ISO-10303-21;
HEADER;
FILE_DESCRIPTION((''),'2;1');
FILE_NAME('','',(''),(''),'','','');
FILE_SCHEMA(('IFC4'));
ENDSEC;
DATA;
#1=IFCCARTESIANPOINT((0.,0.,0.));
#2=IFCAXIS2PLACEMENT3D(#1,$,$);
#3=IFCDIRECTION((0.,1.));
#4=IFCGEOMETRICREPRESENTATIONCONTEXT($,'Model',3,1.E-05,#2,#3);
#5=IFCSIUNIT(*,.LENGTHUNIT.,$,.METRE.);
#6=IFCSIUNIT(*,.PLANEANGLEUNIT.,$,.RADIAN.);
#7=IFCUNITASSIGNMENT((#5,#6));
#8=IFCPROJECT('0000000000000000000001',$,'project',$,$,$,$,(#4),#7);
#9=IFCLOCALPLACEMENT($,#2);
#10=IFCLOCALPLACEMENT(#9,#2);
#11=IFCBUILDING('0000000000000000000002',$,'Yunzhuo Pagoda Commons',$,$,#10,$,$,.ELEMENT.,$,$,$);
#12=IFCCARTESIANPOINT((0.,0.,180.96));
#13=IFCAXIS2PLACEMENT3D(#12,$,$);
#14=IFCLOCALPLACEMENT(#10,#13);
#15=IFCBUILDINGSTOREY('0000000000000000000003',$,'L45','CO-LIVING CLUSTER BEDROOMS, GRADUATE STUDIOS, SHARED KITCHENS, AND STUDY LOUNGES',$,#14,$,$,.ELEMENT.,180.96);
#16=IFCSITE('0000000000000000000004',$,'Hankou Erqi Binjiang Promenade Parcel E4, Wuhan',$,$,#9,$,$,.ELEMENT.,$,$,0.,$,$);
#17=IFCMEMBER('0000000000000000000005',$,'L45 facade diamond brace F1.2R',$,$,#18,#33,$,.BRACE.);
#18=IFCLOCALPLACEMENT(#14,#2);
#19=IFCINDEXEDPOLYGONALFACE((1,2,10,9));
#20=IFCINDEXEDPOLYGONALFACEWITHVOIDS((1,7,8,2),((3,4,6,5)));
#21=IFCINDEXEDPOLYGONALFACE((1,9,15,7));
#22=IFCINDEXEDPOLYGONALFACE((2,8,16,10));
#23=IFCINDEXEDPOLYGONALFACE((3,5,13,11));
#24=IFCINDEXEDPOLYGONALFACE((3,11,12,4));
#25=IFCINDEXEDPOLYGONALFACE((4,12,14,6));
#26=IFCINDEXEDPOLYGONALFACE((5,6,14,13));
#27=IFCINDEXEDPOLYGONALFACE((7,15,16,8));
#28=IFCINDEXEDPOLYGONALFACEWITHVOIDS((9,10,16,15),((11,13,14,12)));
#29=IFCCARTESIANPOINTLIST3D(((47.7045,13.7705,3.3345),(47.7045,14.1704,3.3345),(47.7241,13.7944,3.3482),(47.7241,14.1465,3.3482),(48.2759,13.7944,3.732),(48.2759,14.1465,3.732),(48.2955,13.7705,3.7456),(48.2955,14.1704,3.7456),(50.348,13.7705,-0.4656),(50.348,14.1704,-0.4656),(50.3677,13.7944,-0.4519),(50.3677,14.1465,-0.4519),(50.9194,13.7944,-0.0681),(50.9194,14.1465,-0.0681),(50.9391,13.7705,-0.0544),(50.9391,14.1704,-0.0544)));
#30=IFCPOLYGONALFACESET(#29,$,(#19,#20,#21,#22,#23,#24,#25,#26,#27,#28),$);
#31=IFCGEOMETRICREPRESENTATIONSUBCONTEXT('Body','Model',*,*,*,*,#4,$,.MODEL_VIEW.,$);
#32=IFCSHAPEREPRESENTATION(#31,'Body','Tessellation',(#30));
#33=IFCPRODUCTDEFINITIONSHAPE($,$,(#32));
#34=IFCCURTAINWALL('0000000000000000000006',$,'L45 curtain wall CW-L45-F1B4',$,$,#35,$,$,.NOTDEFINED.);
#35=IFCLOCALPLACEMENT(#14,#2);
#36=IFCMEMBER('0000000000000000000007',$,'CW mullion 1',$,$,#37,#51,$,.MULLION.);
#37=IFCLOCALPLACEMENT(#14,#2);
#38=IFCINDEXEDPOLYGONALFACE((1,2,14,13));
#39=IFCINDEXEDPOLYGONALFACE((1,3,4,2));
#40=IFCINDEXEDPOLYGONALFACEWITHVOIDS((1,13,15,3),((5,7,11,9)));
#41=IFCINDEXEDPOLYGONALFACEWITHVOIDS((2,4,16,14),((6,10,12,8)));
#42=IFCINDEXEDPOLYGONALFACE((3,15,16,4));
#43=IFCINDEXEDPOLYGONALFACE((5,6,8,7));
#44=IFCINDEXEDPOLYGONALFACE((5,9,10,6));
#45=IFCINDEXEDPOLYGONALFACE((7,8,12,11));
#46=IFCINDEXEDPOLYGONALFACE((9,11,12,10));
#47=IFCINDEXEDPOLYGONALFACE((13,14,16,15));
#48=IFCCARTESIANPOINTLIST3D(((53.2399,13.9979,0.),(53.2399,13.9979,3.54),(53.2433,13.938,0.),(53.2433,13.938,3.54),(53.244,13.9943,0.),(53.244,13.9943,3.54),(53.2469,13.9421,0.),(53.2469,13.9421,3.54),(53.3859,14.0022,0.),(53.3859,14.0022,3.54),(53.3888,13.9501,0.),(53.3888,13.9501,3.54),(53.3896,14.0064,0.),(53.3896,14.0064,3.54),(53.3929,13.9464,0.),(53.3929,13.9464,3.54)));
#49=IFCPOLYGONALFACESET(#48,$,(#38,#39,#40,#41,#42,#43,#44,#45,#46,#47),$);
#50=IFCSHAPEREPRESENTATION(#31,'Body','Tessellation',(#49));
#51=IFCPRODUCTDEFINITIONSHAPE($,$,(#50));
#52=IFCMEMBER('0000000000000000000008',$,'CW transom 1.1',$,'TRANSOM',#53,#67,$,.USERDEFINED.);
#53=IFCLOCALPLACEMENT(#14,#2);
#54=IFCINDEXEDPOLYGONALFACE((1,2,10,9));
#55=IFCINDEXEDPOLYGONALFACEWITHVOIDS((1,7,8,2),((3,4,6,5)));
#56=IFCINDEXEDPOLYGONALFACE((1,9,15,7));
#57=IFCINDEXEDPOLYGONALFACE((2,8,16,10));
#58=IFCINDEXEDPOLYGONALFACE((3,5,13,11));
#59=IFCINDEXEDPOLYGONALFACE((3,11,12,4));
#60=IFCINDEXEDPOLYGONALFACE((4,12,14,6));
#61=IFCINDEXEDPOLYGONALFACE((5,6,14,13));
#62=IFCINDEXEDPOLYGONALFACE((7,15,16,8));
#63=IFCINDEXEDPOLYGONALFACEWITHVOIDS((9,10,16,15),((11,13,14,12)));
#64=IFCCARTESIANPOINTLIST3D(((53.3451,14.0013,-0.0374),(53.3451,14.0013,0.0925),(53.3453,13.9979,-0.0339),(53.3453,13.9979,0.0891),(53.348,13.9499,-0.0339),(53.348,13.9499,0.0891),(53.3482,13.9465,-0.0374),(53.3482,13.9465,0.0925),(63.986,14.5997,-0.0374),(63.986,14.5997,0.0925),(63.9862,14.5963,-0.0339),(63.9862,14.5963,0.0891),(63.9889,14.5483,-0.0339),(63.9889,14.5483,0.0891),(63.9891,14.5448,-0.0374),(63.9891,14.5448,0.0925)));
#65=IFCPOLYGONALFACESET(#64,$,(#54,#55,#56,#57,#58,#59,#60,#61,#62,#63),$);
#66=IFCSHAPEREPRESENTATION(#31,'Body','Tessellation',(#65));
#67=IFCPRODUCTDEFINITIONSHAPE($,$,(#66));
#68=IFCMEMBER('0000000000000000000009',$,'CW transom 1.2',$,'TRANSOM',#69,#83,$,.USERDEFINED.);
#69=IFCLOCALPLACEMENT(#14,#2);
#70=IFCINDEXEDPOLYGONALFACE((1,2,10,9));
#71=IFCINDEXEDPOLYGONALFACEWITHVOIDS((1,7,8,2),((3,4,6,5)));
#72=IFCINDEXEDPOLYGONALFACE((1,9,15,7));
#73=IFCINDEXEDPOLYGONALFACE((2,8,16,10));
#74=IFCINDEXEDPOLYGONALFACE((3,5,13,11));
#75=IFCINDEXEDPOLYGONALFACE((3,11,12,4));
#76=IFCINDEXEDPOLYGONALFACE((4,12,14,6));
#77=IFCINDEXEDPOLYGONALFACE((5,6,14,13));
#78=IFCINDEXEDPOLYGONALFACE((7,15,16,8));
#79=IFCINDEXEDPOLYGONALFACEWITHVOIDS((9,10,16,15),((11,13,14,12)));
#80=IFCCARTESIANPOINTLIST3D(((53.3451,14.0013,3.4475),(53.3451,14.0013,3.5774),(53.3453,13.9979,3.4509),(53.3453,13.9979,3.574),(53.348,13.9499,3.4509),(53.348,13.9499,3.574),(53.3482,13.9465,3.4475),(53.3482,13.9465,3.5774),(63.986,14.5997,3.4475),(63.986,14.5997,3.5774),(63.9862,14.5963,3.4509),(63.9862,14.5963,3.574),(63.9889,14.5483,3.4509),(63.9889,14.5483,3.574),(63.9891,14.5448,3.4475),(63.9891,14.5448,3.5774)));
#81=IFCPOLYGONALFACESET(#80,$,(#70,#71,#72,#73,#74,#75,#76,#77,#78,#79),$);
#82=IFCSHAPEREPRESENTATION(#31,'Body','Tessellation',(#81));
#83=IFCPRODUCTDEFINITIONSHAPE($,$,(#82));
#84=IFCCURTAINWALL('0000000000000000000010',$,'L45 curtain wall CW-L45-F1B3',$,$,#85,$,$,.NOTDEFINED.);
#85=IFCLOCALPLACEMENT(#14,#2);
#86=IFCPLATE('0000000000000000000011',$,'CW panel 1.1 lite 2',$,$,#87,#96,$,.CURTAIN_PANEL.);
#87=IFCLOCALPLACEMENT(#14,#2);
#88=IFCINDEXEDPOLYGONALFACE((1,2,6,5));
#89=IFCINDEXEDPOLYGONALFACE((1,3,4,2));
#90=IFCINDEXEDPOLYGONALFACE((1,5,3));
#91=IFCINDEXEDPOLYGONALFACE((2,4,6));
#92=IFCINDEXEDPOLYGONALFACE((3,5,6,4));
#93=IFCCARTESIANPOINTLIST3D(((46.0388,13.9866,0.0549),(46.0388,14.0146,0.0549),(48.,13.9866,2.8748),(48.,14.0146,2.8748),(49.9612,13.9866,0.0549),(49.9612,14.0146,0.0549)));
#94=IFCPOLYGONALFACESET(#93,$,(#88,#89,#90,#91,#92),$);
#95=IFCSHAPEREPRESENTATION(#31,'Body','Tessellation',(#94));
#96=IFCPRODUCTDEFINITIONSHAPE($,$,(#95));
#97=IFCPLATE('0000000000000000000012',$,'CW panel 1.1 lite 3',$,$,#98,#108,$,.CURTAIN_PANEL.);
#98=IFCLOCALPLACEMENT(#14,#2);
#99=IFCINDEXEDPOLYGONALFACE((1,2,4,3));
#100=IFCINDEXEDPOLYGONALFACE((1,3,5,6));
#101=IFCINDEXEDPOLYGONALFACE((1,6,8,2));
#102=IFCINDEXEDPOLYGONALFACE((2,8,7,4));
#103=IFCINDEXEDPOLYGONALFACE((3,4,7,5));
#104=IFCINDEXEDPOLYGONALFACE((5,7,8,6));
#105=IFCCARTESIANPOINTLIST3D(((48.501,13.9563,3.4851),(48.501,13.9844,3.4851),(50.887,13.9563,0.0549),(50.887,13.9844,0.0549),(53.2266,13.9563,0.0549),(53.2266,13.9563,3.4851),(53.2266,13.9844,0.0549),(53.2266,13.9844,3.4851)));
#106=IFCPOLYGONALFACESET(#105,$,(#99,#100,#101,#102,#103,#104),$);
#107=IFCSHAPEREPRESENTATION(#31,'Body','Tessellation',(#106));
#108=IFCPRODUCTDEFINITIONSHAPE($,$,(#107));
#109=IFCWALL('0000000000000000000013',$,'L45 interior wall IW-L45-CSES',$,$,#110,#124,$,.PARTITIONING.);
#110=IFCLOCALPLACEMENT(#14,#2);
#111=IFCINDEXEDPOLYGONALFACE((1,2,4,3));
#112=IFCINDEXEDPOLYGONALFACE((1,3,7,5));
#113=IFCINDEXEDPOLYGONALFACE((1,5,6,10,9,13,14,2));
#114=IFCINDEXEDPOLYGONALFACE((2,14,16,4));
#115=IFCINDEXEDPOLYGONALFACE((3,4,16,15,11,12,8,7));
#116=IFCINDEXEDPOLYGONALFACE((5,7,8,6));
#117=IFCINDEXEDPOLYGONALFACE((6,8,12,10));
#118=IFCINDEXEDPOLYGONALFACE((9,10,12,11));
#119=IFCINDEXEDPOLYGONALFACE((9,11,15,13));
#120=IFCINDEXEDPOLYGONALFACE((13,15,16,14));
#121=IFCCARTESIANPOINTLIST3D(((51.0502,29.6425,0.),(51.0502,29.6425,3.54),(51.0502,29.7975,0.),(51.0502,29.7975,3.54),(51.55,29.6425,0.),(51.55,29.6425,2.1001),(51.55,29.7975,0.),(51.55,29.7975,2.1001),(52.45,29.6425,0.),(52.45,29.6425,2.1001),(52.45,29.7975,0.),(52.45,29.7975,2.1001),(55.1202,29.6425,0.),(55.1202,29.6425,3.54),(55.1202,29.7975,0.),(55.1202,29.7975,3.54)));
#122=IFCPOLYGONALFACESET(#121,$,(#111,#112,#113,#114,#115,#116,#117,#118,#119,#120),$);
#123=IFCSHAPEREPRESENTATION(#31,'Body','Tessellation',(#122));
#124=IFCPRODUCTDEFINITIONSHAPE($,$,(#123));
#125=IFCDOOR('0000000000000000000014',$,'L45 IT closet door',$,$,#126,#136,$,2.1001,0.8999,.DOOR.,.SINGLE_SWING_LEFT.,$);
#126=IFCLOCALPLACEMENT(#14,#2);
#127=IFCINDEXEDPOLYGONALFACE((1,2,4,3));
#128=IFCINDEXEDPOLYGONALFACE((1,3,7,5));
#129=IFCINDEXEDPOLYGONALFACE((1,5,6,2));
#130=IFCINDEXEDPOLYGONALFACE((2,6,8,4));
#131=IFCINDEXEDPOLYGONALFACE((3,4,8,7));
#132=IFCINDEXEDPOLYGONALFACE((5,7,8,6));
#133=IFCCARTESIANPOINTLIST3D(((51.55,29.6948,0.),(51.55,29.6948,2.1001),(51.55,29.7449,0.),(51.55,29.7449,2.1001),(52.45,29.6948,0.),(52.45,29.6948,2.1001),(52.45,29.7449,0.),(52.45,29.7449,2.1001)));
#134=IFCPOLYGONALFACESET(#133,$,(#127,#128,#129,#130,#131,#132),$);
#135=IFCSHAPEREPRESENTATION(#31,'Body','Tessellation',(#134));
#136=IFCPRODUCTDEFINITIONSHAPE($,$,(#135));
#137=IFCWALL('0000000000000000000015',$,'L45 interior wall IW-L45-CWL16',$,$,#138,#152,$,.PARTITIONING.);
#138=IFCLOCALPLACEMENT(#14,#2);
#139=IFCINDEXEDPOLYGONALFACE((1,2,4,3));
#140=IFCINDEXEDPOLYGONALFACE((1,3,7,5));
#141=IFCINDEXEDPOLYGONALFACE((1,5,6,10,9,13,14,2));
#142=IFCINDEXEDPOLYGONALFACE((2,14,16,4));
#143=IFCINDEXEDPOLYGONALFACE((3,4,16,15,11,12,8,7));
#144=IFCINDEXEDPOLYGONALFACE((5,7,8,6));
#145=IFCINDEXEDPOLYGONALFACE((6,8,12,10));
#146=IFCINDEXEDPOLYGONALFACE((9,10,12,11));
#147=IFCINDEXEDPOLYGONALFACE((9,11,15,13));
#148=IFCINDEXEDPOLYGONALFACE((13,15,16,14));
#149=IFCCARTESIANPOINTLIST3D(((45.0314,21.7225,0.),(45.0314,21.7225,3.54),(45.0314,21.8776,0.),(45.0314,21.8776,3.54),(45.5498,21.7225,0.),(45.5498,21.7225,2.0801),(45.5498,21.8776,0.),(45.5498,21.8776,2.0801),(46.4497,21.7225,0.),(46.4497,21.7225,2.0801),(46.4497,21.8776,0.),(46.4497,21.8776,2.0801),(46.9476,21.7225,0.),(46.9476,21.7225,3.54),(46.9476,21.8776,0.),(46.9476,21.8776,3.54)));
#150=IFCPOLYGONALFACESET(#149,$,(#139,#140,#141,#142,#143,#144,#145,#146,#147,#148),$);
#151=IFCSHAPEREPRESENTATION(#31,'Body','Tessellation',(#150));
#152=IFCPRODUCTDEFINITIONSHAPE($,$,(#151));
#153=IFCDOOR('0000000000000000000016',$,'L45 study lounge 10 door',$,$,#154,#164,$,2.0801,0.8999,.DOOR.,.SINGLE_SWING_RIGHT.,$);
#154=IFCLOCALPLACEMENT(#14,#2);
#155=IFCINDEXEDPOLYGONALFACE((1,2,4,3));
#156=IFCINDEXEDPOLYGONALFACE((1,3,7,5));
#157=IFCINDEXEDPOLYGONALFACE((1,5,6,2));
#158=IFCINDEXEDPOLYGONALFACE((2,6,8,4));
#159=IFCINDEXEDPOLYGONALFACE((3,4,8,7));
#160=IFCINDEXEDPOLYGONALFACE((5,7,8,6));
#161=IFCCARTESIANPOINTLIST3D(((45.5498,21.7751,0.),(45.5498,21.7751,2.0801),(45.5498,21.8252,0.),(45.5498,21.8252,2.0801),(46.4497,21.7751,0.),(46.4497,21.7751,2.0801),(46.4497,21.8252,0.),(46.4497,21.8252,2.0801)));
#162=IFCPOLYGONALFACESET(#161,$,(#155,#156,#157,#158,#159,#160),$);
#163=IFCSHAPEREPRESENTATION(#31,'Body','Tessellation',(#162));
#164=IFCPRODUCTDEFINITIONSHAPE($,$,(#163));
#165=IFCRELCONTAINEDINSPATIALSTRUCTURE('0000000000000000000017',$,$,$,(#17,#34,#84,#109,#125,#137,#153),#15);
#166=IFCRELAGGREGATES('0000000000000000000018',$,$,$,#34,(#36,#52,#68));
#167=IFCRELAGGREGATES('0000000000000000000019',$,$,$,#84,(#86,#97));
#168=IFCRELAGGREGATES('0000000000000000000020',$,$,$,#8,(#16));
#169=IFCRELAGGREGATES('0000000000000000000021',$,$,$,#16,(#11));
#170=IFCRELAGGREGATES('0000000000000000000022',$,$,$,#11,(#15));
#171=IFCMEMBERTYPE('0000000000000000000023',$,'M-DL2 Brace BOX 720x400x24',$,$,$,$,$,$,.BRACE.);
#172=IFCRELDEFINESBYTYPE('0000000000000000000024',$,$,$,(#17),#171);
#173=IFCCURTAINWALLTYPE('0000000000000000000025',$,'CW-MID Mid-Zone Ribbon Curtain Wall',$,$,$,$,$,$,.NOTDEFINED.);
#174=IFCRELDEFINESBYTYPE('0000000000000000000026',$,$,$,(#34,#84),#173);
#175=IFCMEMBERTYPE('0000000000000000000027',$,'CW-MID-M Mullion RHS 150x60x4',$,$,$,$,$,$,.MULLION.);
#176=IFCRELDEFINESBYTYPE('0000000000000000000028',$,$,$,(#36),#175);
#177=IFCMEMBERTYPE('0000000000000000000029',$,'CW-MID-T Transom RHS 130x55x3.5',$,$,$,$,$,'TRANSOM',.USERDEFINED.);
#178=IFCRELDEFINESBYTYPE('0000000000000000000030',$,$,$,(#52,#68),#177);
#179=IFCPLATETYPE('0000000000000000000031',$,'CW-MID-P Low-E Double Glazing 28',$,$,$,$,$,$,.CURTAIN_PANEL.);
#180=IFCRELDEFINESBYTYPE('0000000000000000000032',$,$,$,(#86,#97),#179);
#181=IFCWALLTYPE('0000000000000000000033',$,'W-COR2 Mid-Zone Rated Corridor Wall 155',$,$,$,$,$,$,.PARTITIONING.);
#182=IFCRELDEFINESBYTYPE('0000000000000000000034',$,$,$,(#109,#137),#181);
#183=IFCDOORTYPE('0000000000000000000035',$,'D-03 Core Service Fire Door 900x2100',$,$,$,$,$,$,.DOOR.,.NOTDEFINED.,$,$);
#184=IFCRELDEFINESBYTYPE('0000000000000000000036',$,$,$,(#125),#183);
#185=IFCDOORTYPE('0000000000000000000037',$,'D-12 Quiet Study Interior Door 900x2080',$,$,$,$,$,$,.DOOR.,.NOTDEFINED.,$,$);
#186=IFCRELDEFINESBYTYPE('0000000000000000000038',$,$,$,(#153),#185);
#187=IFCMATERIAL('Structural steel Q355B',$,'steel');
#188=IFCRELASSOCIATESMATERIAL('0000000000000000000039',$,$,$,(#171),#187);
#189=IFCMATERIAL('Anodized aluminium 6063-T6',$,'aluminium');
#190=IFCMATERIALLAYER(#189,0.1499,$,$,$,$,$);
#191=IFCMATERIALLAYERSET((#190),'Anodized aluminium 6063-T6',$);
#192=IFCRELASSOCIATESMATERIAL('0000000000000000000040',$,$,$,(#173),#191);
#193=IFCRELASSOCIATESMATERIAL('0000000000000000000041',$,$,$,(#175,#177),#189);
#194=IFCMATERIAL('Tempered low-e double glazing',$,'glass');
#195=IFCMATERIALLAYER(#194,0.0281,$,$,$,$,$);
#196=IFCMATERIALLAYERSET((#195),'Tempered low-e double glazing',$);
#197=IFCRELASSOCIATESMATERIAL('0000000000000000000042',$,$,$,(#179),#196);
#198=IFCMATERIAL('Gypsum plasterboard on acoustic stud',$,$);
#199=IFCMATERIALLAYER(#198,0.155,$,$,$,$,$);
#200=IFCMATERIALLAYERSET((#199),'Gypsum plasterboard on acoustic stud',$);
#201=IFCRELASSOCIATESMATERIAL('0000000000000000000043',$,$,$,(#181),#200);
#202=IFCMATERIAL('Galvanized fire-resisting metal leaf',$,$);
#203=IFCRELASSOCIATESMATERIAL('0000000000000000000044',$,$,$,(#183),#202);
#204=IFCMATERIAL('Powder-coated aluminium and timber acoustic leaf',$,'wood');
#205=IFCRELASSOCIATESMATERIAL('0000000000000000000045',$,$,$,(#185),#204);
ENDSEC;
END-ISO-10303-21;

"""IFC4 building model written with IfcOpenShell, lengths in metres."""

from ifc_helpers import new_model, si_unit, direction, frame, frame_2d, origin, origin_with_axes, origin_2d, place, context, subcontext, project, spatial, polyline, rectangle, hollow_rectangle, outline, extrude, source, transform, mapped, material, layer, layer_set, material_profile, profile_set, type_object, element, fill, aggregate, save


model = new_model("IFC4")

# Units and contexts
model_context = context("Model", 3, precision=1e-05, world=origin(), true_north=direction((0.0, 1.0)))
body_context = subcontext(model_context, "Body", "Model", "MODEL_VIEW")
ifc_project = project(units=[si_unit("LENGTHUNIT", "METRE"), si_unit("PLANEANGLEUNIT", "RADIAN")], contexts=[model_context])

# Site, building, storey
site_placement = place(None, origin())
site = spatial("IfcSite", under=ifc_project, at=site_placement, Name="Hankou Erqi Binjiang Promenade Parcel E4, Wuhan", CompositionType="ELEMENT", RefElevation=0.0)
building_placement = place(site_placement, origin())
building = spatial("IfcBuilding", under=site, at=building_placement, Name="Yunzhuo Pagoda Commons", CompositionType="ELEMENT")
storey_placement = place(building_placement, frame((0.0, 0.0, 180.96)))
storey = spatial("IfcBuildingStorey", under=building, at=storey_placement, Name="L45", Description="CO-LIVING CLUSTER BEDROOMS, GRADUATE STUDIOS, SHARED KITCHENS, AND STUDY LOUNGES", CompositionType="ELEMENT", Elevation=180.96)

# Shared definitions
ifc_material_1 = material(Name="Structural steel Q355B", Category="steel")

# Member
ifc_material_profile_1 = material_profile(ifc_material_1, hollow_rectangle(XDim=0.3999, YDim=0.72, WallThickness=0.0239, at=origin_2d()), Name="Structural steel Q355B")
ifc_profile_set_1 = profile_set([ifc_material_profile_1], Name="Structural steel Q355B")
member_type_1 = type_object("IfcMemberType", Name="M-DL2 Brace BOX 720x400x24", PredefinedType="BRACE", material=ifc_profile_set_1)
shared_shape_1 = source(origin(), body_context, "Body", "SweptSolid", [
    extrude(hollow_rectangle(XDim=0.3999, YDim=0.72, WallThickness=0.0239, at=origin_2d()), origin(), (0.0, 0.0, 1.0), 4.6292),
])
member_1_placement = place(storey_placement, frame((50.6436, 13.9705, -0.26), z_axis=(-0.571071, 0.0, 0.820901), x_axis=(0.0, -1.0, 0.0)))
element("IfcMember", 1, at=member_1_placement, inside=storey, type_object=member_type_1, Name="L45 facade diamond brace F1.2R", PredefinedType="BRACE", context=body_context, shape_type="MappedRepresentation", body=[
    mapped(shared_shape_1, transform((0.0, 0.0, 0.0), scale=1.0)),
])

# Curtain wall, members
ifc_material_2 = material(Name="Anodized aluminium 6063-T6", Category="aluminium")
ifc_layer_1 = layer(ifc_material_2, 0.1499)
ifc_layer_set_1 = layer_set([ifc_layer_1], Name="Anodized aluminium 6063-T6")
curtain_wall_type = type_object("IfcCurtainWallType", Name="CW-MID Mid-Zone Ribbon Curtain Wall", PredefinedType="NOTDEFINED", material=ifc_layer_set_1)
curtain_wall_1_placement = place(storey_placement, origin())
curtain_wall_1 = element("IfcCurtainWall", 2, at=curtain_wall_1_placement, inside=storey, type_object=curtain_wall_type, Name="L45 curtain wall CW-L45-F1B4", PredefinedType="NOTDEFINED")
ifc_material_profile_2 = material_profile(ifc_material_2, hollow_rectangle(XDim=0.0601, YDim=0.1499, WallThickness=0.0039, at=origin_2d()), Name="Anodized aluminium 6063-T6")
ifc_profile_set_2 = profile_set([ifc_material_profile_2], Name="Anodized aluminium 6063-T6")
member_type_2 = type_object("IfcMemberType", Name="CW-MID-M Mullion RHS 150x60x4", PredefinedType="MULLION", material=ifc_profile_set_2)
shared_shape_2 = source(origin(), body_context, "Body", "SweptSolid", [
    extrude(hollow_rectangle(XDim=0.0601, YDim=0.1499, WallThickness=0.0039, at=origin_2d()), origin(), (0.0, 0.0, 1.0), 3.54),
])
member_2_placement = place(storey_placement, frame((53.3164, 13.9722, 0.0), z_axis=(0.0, 0.0, 1.0), x_axis=(-0.056143, 0.998423, 0.0)))
member_2 = element("IfcMember", 3, at=member_2_placement, type_object=member_type_2, Name="CW mullion 1", PredefinedType="MULLION", context=body_context, shape_type="MappedRepresentation", body=[
    mapped(shared_shape_2, transform((0.0, 0.0, 0.0), scale=1.0)),
])
ifc_material_profile_3 = material_profile(ifc_material_2, hollow_rectangle(XDim=0.0549, YDim=0.1299, WallThickness=0.0034, at=origin_2d()), Name="Anodized aluminium 6063-T6")
ifc_profile_set_3 = profile_set([ifc_material_profile_3], Name="Anodized aluminium 6063-T6")
member_type_3 = type_object("IfcMemberType", Name="CW-MID-T Transom RHS 130x55x3.5", ElementType="TRANSOM", PredefinedType="USERDEFINED", material=ifc_profile_set_3)
shared_shape_3 = source(origin(), body_context, "Body", "SweptSolid", [
    extrude(hollow_rectangle(XDim=0.0549, YDim=0.1299, WallThickness=0.0034, at=origin_2d()), origin(), (0.0, 0.0, 1.0), 10.6577),
])
member_3_placement = place(storey_placement, frame((53.3467, 13.9739, 0.0276), z_axis=(0.998423, 0.056146, 0.0), x_axis=(-0.056146, 0.998423, 0.0)))
member_3 = element("IfcMember", 4, at=member_3_placement, type_object=member_type_3, Name="CW transom 1.1", ObjectType="TRANSOM", PredefinedType="USERDEFINED", context=body_context, shape_type="MappedRepresentation", body=[
    mapped(shared_shape_3, transform((0.0, 0.0, 0.0), scale=1.0)),
])
member_4_placement = place(storey_placement, frame((53.3467, 13.9739, 3.5125), z_axis=(0.998423, 0.056146, 0.0), x_axis=(-0.056146, 0.998423, 0.0)))
member_4 = element("IfcMember", 5, at=member_4_placement, type_object=member_type_3, Name="CW transom 1.2", ObjectType="TRANSOM", PredefinedType="USERDEFINED", context=body_context, shape_type="MappedRepresentation", body=[
    mapped(shared_shape_3, transform((0.0, 0.0, 0.0), scale=1.0)),
])
aggregate(curtain_wall_1, [member_2, member_3, member_4])

# Curtain wall, plates
curtain_wall_2_placement = place(storey_placement, origin())
curtain_wall_2 = element("IfcCurtainWall", 6, at=curtain_wall_2_placement, inside=storey, type_object=curtain_wall_type, Name="L45 curtain wall CW-L45-F1B3", PredefinedType="NOTDEFINED")
ifc_material_3 = material(Name="Tempered low-e double glazing", Category="glass")
ifc_layer_2 = layer(ifc_material_3, 0.0281)
ifc_layer_set_2 = layer_set([ifc_layer_2], Name="Tempered low-e double glazing")
plate_type = type_object("IfcPlateType", Name="CW-MID-P Low-E Double Glazing 28", PredefinedType="CURTAIN_PANEL", material=ifc_layer_set_2)
plate_1_placement = place(storey_placement, frame((48.0, 14.0146, 1.4648), z_axis=(0.0, -1.0, 0.0), x_axis=(1.0, 0.0, 0.0)))
plate_1 = element("IfcPlate", 7, at=plate_1_placement, type_object=plate_type, Name="CW panel 1.1 lite 2", PredefinedType="CURTAIN_PANEL", context=body_context, shape_type="SweptSolid", body=[
    extrude(outline(polyline([(-1.9612, -1.4099), (1.9612, -1.4099), (0.0, 1.4099), (-1.9612, -1.4099)])), origin(), (0.0, 0.0, 1.0), 0.0281),
])
plate_2_placement = place(storey_placement, frame((50.8638, 13.9844, 1.77), z_axis=(0.0, -1.0, 0.0), x_axis=(1.0, 0.0, 0.0)))
plate_2 = element("IfcPlate", 8, at=plate_2_placement, type_object=plate_type, Name="CW panel 1.1 lite 3", PredefinedType="CURTAIN_PANEL", context=body_context, shape_type="SweptSolid", body=[
    extrude(outline(polyline([(-2.3628, 1.7151), (0.0232, -1.7151), (2.3628, -1.7151), (2.3628, 1.7151), (-2.3628, 1.7151)])), origin(), (0.0, 0.0, 1.0), 0.0281),
])
aggregate(curtain_wall_2, [plate_1, plate_2])

# Walls, openings, doors
ifc_material_4 = material(Name="Gypsum plasterboard on acoustic stud")
ifc_layer_3 = layer(ifc_material_4, 0.155)
ifc_layer_set_3 = layer_set([ifc_layer_3], Name="Gypsum plasterboard on acoustic stud")
wall_type_1 = type_object("IfcWallType", Name="W-COR2 Mid-Zone Rated Corridor Wall 155", PredefinedType="PARTITIONING", material=ifc_layer_set_3)
wall_1_placement = place(storey_placement, frame((51.05, 29.72, 0.0), z_axis=(0.0, 0.0, 1.0), x_axis=(1.0, 0.0, 0.0)))
wall_1 = element("IfcWall", 9, at=wall_1_placement, inside=storey, type_object=wall_type_1, Name="L45 interior wall IW-L45-CSES", PredefinedType="PARTITIONING", context=body_context, shape_type="SweptSolid", body=[
    extrude(rectangle(XDim=4.0701, YDim=0.155, at=frame_2d((2.0352, 0.0))), origin(), (0.0, 0.0, 1.0), 3.54),
])
opening_1_placement = place(wall_1_placement, frame((0.5, 0.0, 0.0)))
opening_1 = element("IfcOpeningElement", 10, at=opening_1_placement, cuts=wall_1, PredefinedType="OPENING", context=body_context, shape_type="SweptSolid", body=[
    extrude(rectangle(XDim=0.8999, YDim=2.1001, at=frame_2d((0.45, 1.05))), frame((0.0, 0.0874, 0.0), z_axis=(0.0, -1.0, 0.0), x_axis=(1.0, 0.0, 0.0)), (0.0, 0.0, 1.0), 0.175),
])
ifc_material_5 = material(Name="Galvanized fire-resisting metal leaf")
door_type_1 = type_object("IfcDoorType", Name="D-03 Core Service Fire Door 900x2100", OperationType="NOTDEFINED", PredefinedType="DOOR", material=ifc_material_5)
shared_shape_4 = source(origin(), body_context, "Body", "SweptSolid", [
    extrude(rectangle(XDim=0.8999, YDim=2.1001, at=frame_2d((0.45, 1.05))), frame((0.0, 0.0249, 0.0), z_axis=(0.0, -1.0, 0.0), x_axis=(1.0, 0.0, 0.0)), (0.0, 0.0, 1.0), 0.05),
])
door_1_placement = place(opening_1_placement, origin_with_axes())
door_1 = element("IfcDoor", 11, at=door_1_placement, inside=storey, type_object=door_type_1, Name="L45 IT closet door", OperationType="SINGLE_SWING_LEFT", OverallHeight=2.1001, OverallWidth=0.8999, PredefinedType="DOOR", context=body_context, shape_type="MappedRepresentation", body=[
    mapped(shared_shape_4, transform((0.0, 0.0, 0.0), scale=1.0)),
])
fill(opening_1, door_1)
wall_2_placement = place(storey_placement, frame((46.9475, 21.8, 0.0), z_axis=(0.0, 0.0, 1.0), x_axis=(-1.0, 0.0, 0.0)))
wall_2 = element("IfcWall", 12, at=wall_2_placement, inside=storey, type_object=wall_type_1, Name="L45 interior wall IW-L45-CWL16", PredefinedType="PARTITIONING", context=body_context, shape_type="SweptSolid", body=[
    extrude(rectangle(XDim=1.9163, YDim=0.155, at=frame_2d((0.958, 0.0))), origin(), (0.0, 0.0, 1.0), 3.54),
])
opening_2_placement = place(wall_2_placement, frame((0.4978, 0.0, 0.0)))
opening_2 = element("IfcOpeningElement", 13, at=opening_2_placement, cuts=wall_2, PredefinedType="OPENING", context=body_context, shape_type="SweptSolid", body=[
    extrude(rectangle(XDim=0.8999, YDim=2.0801, at=frame_2d((0.45, 1.04))), frame((0.0, 0.0874, 0.0), z_axis=(0.0, -1.0, 0.0), x_axis=(1.0, 0.0, 0.0)), (0.0, 0.0, 1.0), 0.175),
])
ifc_material_6 = material(Name="Powder-coated aluminium and timber acoustic leaf", Category="wood")
door_type_2 = type_object("IfcDoorType", Name="D-12 Quiet Study Interior Door 900x2080", OperationType="NOTDEFINED", PredefinedType="DOOR", material=ifc_material_6)
shared_shape_5 = source(origin(), body_context, "Body", "SweptSolid", [
    extrude(rectangle(XDim=0.8999, YDim=2.0801, at=frame_2d((0.45, 1.04))), frame((0.0, 0.0249, 0.0), z_axis=(0.0, -1.0, 0.0), x_axis=(1.0, 0.0, 0.0)), (0.0, 0.0, 1.0), 0.05),
])
door_2_placement = place(opening_2_placement, origin_with_axes())
door_2 = element("IfcDoor", 14, at=door_2_placement, inside=storey, type_object=door_type_2, Name="L45 study lounge 10 door", OperationType="SINGLE_SWING_RIGHT", OverallHeight=2.0801, OverallWidth=0.8999, PredefinedType="DOOR", context=body_context, shape_type="MappedRepresentation", body=[
    mapped(shared_shape_5, transform((0.0, 0.0, 0.0), scale=1.0)),
])
fill(opening_2, door_2)

save(model, "model.ifc")
